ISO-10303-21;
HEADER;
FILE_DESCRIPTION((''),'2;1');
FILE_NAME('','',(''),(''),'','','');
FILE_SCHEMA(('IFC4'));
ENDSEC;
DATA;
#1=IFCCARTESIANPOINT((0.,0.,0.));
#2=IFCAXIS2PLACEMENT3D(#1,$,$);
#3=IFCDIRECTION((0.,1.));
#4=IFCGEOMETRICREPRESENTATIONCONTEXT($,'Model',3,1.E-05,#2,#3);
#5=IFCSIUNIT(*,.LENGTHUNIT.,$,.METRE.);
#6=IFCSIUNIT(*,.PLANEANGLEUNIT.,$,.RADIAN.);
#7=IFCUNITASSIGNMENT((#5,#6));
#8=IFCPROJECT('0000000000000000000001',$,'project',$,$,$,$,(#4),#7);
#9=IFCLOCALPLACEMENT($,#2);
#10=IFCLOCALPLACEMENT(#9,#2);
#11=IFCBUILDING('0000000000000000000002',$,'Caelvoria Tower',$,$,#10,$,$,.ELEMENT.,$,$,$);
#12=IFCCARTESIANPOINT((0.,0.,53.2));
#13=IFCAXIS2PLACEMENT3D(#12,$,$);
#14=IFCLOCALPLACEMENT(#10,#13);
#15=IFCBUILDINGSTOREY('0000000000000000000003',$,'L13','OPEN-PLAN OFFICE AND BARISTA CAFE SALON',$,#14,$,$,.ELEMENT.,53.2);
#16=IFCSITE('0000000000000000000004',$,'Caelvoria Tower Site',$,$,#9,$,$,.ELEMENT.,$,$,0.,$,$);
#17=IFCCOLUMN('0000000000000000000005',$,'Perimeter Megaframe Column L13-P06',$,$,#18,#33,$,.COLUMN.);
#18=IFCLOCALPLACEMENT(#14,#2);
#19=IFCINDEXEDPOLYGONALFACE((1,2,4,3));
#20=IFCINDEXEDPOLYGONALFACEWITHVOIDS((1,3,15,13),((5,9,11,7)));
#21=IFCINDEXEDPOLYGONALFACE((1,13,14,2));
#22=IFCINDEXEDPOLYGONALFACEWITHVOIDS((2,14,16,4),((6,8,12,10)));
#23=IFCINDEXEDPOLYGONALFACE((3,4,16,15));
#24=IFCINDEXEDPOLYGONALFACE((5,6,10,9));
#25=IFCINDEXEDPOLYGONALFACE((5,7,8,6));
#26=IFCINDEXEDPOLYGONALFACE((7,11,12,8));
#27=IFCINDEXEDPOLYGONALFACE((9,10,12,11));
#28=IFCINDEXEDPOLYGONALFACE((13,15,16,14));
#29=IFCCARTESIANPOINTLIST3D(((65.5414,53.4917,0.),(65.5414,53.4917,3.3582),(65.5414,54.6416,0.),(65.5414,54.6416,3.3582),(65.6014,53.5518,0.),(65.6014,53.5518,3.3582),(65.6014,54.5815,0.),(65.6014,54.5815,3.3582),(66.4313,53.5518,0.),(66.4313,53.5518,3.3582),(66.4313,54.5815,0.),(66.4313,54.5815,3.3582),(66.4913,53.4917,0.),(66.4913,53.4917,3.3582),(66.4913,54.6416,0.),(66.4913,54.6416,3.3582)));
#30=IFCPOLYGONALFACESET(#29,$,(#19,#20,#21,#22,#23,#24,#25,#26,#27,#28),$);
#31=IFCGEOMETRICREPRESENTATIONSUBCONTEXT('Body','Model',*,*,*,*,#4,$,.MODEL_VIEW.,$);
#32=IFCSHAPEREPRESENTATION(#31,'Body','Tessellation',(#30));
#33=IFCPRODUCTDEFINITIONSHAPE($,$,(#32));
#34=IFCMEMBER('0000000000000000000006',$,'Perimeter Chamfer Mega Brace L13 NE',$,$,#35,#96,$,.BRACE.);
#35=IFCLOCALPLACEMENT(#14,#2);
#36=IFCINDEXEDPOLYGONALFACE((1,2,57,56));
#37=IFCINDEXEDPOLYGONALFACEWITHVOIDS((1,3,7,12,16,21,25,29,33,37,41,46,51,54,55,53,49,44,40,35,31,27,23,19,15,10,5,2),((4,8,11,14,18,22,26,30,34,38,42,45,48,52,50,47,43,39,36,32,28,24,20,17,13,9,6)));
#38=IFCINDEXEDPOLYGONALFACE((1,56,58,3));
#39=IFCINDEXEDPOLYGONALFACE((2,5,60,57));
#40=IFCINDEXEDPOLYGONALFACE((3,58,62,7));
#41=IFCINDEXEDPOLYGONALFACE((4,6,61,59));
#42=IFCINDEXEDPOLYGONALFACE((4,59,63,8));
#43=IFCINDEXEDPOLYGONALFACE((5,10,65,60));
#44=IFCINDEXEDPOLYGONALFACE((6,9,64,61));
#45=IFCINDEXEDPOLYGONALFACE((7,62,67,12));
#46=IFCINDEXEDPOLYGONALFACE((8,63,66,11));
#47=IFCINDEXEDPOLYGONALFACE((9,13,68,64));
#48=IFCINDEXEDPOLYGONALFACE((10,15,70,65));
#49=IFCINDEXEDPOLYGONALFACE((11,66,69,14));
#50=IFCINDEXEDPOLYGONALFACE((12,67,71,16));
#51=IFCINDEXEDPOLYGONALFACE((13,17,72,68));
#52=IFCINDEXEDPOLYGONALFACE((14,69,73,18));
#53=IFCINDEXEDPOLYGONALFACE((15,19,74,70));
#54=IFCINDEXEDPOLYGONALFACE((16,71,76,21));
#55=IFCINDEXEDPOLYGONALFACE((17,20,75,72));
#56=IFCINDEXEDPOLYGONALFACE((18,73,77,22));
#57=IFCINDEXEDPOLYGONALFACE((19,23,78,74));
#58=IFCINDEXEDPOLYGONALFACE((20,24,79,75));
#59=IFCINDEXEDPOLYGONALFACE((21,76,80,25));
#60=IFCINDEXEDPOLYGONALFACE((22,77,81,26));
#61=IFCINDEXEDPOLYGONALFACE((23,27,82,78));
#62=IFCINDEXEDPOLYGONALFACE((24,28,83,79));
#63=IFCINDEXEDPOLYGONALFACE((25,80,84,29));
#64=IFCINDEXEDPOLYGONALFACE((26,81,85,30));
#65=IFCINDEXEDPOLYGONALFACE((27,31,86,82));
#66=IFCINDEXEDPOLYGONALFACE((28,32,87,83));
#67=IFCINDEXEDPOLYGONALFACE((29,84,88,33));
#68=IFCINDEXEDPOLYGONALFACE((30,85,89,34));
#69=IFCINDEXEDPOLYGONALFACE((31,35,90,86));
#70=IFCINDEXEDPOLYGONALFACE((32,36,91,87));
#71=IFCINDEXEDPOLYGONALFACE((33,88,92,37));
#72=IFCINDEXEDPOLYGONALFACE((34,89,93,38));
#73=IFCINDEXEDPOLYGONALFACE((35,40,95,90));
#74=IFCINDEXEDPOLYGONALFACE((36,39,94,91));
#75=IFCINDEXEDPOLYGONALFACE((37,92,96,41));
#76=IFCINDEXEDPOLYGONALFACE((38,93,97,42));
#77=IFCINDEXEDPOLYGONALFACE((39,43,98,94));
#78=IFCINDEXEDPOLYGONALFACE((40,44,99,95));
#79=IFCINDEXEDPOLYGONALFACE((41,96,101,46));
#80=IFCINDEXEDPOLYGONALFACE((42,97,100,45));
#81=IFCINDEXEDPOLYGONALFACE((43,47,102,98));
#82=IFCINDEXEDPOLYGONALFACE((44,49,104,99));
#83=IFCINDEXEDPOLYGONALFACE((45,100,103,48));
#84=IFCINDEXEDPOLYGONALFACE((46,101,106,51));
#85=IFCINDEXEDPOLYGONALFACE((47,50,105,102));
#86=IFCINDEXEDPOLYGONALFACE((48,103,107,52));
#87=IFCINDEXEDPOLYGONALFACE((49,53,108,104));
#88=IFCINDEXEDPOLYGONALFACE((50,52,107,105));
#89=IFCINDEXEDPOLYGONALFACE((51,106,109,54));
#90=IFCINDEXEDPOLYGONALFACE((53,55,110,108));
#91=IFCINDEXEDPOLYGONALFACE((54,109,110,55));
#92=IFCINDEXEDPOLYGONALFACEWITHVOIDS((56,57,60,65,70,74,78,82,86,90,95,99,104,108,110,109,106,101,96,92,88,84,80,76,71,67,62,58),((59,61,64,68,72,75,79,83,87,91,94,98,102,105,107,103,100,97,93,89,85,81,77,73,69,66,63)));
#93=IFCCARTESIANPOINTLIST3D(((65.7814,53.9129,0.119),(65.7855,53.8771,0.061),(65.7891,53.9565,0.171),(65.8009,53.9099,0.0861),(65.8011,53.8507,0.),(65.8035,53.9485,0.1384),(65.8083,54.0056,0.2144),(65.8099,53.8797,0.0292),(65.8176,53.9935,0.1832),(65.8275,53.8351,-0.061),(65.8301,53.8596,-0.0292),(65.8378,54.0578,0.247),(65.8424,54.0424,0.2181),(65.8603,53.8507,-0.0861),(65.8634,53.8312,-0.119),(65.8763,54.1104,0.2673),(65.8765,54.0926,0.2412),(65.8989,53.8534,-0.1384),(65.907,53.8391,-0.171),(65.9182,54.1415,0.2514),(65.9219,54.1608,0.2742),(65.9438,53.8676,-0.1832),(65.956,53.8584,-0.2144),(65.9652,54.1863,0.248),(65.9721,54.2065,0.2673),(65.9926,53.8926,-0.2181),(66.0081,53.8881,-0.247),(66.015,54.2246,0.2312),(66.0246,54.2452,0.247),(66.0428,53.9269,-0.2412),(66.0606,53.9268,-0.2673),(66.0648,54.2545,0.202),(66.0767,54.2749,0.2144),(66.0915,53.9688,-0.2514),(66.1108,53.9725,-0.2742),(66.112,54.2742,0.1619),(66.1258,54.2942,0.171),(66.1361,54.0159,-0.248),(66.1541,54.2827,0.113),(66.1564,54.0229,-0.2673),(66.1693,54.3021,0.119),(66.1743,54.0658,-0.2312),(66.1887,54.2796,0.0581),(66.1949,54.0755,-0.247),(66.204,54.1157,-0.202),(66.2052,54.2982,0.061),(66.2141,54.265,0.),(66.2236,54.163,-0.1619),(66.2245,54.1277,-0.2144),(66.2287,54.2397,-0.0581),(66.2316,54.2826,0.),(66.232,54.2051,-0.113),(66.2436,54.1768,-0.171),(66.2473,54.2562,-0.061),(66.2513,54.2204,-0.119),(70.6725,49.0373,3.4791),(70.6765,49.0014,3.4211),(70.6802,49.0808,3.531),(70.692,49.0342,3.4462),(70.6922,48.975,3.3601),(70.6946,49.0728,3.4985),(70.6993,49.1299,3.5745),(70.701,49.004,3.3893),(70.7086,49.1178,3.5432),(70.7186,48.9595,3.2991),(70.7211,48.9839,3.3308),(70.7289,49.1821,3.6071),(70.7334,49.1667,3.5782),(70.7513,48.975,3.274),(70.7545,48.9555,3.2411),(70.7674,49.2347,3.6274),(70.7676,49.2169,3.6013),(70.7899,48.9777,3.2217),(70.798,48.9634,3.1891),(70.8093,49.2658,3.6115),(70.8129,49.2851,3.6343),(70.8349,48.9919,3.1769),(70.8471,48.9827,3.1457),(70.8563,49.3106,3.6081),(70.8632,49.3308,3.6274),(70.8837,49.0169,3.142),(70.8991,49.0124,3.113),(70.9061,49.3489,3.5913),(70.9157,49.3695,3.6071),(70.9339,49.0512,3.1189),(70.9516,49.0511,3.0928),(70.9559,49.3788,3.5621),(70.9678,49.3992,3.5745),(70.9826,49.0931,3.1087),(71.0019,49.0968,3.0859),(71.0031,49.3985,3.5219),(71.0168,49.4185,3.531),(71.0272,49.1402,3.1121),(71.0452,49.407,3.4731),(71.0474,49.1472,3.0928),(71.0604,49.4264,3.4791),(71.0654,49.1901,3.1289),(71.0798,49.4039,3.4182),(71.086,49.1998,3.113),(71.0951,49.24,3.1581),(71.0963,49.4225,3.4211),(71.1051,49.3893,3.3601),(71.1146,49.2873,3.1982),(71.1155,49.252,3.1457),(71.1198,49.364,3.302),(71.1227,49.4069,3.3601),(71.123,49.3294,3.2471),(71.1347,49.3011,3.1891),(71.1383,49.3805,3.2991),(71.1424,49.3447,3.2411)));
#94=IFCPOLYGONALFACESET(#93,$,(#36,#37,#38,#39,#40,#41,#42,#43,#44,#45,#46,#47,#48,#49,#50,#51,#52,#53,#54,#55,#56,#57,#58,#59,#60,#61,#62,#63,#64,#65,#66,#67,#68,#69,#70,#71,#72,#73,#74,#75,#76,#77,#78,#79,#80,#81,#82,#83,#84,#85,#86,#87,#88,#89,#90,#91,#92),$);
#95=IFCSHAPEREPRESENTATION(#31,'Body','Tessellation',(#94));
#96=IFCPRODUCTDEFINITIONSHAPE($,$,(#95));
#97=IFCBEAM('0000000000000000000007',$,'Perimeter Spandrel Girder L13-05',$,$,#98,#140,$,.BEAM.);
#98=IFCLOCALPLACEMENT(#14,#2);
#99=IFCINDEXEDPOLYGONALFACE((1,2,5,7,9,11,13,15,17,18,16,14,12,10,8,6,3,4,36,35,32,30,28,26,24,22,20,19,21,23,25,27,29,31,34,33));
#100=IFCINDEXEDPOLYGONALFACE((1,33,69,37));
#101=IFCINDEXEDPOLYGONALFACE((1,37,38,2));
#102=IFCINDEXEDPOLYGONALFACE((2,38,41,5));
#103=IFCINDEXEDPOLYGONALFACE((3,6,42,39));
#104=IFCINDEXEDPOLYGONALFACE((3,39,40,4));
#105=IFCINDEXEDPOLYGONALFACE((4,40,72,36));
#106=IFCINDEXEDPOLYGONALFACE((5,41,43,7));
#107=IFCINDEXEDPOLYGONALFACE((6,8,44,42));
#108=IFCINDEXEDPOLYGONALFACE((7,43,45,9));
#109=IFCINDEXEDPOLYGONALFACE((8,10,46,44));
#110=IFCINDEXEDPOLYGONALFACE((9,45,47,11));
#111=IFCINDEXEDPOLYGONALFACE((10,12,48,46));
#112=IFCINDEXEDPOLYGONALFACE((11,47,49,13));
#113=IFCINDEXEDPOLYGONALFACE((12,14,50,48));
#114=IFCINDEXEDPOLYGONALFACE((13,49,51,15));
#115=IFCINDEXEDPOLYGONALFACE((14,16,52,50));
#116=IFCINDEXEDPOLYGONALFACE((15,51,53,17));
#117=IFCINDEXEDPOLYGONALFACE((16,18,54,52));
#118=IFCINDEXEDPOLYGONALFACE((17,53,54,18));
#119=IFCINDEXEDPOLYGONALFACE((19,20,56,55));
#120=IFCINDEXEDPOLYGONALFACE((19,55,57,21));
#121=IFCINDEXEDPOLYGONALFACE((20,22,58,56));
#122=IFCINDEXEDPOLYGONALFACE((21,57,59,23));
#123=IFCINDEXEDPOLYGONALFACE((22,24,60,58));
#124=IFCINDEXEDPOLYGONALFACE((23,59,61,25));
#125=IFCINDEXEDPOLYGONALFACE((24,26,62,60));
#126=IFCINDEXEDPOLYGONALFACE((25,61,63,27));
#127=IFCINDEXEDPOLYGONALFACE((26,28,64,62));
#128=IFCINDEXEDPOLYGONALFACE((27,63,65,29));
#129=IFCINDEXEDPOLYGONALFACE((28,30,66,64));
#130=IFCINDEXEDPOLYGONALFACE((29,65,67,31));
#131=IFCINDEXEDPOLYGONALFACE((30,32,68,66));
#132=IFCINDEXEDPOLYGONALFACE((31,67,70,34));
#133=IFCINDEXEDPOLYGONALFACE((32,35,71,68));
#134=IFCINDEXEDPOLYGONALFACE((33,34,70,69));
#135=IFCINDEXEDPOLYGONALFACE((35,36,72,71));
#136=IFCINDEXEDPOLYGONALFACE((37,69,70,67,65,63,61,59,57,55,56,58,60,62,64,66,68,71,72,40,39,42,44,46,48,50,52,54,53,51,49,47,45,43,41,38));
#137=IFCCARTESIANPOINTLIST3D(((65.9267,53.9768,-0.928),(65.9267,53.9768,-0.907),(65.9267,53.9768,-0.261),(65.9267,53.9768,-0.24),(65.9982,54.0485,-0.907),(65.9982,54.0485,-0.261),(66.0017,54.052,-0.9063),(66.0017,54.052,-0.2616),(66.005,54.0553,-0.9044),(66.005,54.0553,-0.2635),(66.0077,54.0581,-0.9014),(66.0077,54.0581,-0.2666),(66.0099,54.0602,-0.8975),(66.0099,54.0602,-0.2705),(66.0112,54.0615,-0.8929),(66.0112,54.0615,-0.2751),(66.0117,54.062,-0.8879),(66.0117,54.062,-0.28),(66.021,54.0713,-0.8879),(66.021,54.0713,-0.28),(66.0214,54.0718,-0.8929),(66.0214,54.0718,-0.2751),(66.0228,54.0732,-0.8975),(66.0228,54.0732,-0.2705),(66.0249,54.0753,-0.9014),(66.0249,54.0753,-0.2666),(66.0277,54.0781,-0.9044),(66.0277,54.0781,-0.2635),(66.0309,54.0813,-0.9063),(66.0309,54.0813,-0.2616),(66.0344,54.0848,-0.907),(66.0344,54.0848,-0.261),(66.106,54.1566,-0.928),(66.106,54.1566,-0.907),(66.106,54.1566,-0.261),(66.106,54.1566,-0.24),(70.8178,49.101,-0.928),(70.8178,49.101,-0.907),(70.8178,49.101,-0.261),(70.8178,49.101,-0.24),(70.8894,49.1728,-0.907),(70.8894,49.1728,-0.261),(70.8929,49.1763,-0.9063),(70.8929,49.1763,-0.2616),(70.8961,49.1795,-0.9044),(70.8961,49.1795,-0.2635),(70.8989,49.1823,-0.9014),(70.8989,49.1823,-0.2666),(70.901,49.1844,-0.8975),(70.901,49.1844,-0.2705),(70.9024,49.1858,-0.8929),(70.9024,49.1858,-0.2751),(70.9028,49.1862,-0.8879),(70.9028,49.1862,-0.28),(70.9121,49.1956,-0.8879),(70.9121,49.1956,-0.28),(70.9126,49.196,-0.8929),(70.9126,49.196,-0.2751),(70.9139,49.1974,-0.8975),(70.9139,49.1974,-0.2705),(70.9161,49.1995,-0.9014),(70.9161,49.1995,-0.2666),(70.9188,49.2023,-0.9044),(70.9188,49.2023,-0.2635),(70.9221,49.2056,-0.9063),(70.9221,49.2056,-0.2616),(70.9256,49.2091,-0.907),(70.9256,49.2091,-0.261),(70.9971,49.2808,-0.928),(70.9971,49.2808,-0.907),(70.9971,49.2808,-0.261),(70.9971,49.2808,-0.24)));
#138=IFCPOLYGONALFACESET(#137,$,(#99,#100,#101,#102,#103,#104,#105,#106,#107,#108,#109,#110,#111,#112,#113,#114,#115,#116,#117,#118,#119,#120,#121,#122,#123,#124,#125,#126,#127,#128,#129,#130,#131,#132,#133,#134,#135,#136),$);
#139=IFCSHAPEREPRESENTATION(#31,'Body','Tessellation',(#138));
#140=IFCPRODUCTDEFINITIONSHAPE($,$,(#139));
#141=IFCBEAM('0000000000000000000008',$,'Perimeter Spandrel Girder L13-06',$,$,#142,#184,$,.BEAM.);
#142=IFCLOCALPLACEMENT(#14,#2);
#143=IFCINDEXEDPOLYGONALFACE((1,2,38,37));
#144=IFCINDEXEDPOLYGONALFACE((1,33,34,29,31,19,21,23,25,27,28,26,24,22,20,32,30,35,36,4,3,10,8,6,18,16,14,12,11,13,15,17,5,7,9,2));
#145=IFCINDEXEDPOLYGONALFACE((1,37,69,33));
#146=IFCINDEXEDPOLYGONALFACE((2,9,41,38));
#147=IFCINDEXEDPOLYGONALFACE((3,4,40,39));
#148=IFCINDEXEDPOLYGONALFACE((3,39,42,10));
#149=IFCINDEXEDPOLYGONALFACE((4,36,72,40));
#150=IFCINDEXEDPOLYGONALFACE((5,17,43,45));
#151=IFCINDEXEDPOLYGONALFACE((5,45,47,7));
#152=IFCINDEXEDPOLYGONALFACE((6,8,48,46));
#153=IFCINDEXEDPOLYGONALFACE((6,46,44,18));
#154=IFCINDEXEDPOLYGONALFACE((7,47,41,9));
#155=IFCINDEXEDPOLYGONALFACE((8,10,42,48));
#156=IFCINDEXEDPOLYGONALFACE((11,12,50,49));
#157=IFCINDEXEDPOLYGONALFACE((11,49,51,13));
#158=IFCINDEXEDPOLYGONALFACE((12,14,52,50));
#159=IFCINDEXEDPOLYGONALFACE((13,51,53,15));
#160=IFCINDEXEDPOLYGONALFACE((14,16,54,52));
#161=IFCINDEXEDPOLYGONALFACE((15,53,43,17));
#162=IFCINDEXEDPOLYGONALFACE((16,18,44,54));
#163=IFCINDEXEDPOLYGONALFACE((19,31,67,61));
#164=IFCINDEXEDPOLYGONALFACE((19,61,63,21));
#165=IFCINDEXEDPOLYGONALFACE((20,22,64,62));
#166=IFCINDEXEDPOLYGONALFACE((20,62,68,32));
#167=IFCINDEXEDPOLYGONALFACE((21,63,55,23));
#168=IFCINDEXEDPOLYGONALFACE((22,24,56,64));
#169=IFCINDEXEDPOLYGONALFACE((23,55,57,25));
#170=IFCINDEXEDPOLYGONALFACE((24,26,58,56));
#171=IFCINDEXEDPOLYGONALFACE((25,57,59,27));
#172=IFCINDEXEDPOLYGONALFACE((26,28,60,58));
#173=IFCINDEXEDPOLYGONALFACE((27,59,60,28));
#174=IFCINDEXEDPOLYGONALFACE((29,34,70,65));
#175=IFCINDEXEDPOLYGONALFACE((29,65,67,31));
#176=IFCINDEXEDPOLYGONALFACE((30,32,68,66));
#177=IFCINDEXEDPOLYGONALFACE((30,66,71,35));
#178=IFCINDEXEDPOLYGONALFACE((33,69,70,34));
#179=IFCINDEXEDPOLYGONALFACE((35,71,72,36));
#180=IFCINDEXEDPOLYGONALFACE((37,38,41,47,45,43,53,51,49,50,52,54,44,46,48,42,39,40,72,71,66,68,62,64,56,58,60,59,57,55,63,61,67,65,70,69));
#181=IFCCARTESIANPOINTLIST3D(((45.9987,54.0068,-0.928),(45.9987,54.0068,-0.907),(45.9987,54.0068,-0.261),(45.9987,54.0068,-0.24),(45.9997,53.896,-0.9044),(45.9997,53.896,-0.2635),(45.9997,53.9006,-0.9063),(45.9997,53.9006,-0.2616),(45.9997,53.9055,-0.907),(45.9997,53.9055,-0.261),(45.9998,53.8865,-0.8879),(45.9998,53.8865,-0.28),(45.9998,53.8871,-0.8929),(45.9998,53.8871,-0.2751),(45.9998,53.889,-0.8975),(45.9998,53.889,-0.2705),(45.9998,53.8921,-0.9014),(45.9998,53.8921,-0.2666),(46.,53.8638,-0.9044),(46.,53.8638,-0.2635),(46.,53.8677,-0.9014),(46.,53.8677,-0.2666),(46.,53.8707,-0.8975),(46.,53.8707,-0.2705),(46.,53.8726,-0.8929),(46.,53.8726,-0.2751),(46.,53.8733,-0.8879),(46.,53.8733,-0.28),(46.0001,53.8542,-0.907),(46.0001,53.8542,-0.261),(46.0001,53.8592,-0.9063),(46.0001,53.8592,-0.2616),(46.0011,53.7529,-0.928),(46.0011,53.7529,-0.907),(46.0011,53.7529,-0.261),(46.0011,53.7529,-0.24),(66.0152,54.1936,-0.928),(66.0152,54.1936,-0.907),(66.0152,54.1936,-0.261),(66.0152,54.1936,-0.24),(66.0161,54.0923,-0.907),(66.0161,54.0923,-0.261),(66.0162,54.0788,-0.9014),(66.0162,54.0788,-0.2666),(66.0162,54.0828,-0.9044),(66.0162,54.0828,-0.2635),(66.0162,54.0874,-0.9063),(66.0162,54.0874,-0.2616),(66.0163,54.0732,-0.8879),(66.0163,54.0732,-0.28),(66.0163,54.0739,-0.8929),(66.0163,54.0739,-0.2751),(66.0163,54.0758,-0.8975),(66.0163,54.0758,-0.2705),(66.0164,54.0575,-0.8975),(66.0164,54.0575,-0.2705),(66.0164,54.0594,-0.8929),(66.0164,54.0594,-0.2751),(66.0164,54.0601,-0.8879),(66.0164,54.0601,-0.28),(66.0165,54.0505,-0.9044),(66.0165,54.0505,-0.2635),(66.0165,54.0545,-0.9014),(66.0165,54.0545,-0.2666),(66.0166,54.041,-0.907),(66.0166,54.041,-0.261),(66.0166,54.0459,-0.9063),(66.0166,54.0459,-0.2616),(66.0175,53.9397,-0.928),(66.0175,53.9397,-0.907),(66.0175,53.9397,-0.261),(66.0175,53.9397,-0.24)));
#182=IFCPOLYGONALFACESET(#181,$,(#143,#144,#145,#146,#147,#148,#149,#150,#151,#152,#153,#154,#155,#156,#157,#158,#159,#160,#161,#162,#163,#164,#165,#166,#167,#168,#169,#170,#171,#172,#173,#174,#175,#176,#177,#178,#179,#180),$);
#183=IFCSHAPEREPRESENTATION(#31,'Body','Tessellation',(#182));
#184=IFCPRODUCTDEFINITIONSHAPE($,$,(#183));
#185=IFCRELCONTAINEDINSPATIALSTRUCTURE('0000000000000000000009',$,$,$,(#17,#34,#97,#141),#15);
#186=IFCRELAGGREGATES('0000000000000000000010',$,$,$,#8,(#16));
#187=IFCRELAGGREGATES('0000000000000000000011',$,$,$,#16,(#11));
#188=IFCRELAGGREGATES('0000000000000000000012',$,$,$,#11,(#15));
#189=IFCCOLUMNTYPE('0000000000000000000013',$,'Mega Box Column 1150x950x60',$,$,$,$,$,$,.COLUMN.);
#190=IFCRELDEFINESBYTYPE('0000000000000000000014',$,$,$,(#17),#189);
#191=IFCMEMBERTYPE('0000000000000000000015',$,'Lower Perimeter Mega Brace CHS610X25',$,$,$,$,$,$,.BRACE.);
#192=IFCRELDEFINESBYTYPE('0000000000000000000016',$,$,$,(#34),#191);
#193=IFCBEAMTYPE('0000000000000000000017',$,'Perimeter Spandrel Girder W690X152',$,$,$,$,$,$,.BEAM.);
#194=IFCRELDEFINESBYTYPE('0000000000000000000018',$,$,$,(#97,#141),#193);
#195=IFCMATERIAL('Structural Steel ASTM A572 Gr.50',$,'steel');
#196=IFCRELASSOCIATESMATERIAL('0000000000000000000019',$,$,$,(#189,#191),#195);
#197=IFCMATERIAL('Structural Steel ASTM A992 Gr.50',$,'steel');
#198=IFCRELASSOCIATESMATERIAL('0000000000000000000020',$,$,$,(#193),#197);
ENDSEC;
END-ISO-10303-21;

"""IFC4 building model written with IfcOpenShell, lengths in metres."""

from ifc_helpers import new_model, si_unit, direction, frame, origin, origin_2d, place, context, subcontext, project, spatial, hollow_rectangle, hollow_circle, i_section, extrude, material, material_profile, profile_set, type_object, element, save


model = new_model("IFC4")

# Units and contexts
model_context = context("Model", 3, precision=1e-05, world=origin(), true_north=direction((0.0, 1.0)))
body_context = subcontext(model_context, "Body", "Model", "MODEL_VIEW")
ifc_project = project(units=[si_unit("LENGTHUNIT", "METRE"), si_unit("PLANEANGLEUNIT", "RADIAN")], contexts=[model_context])

# Site, building, storey
site_placement = place(None, origin())
site = spatial("IfcSite", under=ifc_project, at=site_placement, Name="Caelvoria Tower Site", CompositionType="ELEMENT", RefElevation=0.0)
building_placement = place(site_placement, origin())
building = spatial("IfcBuilding", under=site, at=building_placement, Name="Caelvoria Tower", CompositionType="ELEMENT")
storey_placement = place(building_placement, frame((0.0, 0.0, 53.2)))
storey = spatial("IfcBuildingStorey", under=building, at=storey_placement, Name="L13", Description="OPEN-PLAN OFFICE AND BARISTA CAFE SALON", CompositionType="ELEMENT", Elevation=53.2)

# Column
ifc_material_1 = material(Name="Structural Steel ASTM A572 Gr.50", Category="steel")
ifc_material_profile_1 = material_profile(ifc_material_1, hollow_rectangle(XDim=0.95, YDim=1.1499, WallThickness=0.0601, at=origin_2d()), Name="Structural Steel ASTM A572 Gr.50")
ifc_profile_set_1 = profile_set([ifc_material_profile_1], Name="BOX1150X950X60 - Structural Steel ASTM A572 Gr.50")
column_type = type_object("IfcColumnType", Name="Mega Box Column 1150x950x60", PredefinedType="COLUMN", material=ifc_profile_set_1)
column_placement = place(storey_placement, frame((66.0164, 54.0667, 0.0), z_axis=(0.0, 0.0, 1.0), x_axis=(1.0, 0.0, 0.0)))
element("IfcColumn", 1, at=column_placement, inside=storey, type_object=column_type, Name="Perimeter Megaframe Column L13-P06", PredefinedType="COLUMN", context=body_context, shape_type="SweptSolid", body=[
    extrude(hollow_rectangle(XDim=0.95, YDim=1.1499, WallThickness=0.0601, at=origin_2d()), origin(), (0.0, 0.0, 1.0), 3.3582),
])

# Member
ifc_material_profile_2 = material_profile(ifc_material_1, hollow_circle(Radius=0.3049, WallThickness=0.0249, at=origin_2d()), Name="Structural Steel ASTM A572 Gr.50")
ifc_profile_set_2 = profile_set([ifc_material_profile_2], Name="CHS610X25 - Structural Steel ASTM A572 Gr.50")
member_type = type_object("IfcMemberType", Name="Lower Perimeter Mega Brace CHS610X25", PredefinedType="BRACE", material=ifc_profile_set_2)
member_placement = place(storey_placement, frame((66.0164, 54.0667, 0.0), z_axis=(0.636844, -0.634841, 0.4375), x_axis=(0.705992, 0.708219, 0.0)))
element("IfcMember", 2, at=member_placement, inside=storey, type_object=member_type, Name="Perimeter Chamfer Mega Brace L13 NE", PredefinedType="BRACE", context=body_context, shape_type="SweptSolid", body=[
    extrude(hollow_circle(Radius=0.3049, WallThickness=0.0249, at=origin_2d()), origin(), (0.0, 0.0, 1.0), 7.6802),
])

# Beams
ifc_material_2 = material(Name="Structural Steel ASTM A992 Gr.50", Category="steel")
ifc_material_profile_3 = material_profile(ifc_material_2, i_section(OverallWidth=0.2539, OverallDepth=0.688, WebThickness=0.0132, FlangeThickness=0.021, FilletRadius=0.019, at=origin_2d()), Name="Structural Steel ASTM A992 Gr.50")
ifc_profile_set_3 = profile_set([ifc_material_profile_3], Name="W690X152 - Structural Steel ASTM A992 Gr.50")
beam_type = type_object("IfcBeamType", Name="Perimeter Spandrel Girder W690X152", PredefinedType="BEAM", material=ifc_profile_set_3)
beam_1_placement = place(storey_placement, frame((70.9075, 49.1909, -0.584), z_axis=(-0.708219, 0.705992, 0.0), x_axis=(-0.705992, -0.708219, 0.0)))
element("IfcBeam", 3, at=beam_1_placement, inside=storey, type_object=beam_type, Name="Perimeter Spandrel Girder L13-05", PredefinedType="BEAM", context=body_context, shape_type="SweptSolid", body=[
    extrude(i_section(OverallWidth=0.2539, OverallDepth=0.688, WebThickness=0.0132, FlangeThickness=0.021, FilletRadius=0.019, at=origin_2d()), origin(), (0.0, 0.0, 1.0), 6.9062),
])
beam_2_placement = place(storey_placement, frame((66.0164, 54.0667, -0.584), z_axis=(-0.999956, -0.00933, 0.0), x_axis=(0.00933, -0.999956, 0.0)))
element("IfcBeam", 4, at=beam_2_placement, inside=storey, type_object=beam_type, Name="Perimeter Spandrel Girder L13-06", PredefinedType="BEAM", context=body_context, shape_type="SweptSolid", body=[
    extrude(i_section(OverallWidth=0.2539, OverallDepth=0.688, WebThickness=0.0132, FlangeThickness=0.021, FilletRadius=0.019, at=origin_2d()), origin(), (0.0, 0.0, 1.0), 20.0173),
])

save(model, "model.ifc")
